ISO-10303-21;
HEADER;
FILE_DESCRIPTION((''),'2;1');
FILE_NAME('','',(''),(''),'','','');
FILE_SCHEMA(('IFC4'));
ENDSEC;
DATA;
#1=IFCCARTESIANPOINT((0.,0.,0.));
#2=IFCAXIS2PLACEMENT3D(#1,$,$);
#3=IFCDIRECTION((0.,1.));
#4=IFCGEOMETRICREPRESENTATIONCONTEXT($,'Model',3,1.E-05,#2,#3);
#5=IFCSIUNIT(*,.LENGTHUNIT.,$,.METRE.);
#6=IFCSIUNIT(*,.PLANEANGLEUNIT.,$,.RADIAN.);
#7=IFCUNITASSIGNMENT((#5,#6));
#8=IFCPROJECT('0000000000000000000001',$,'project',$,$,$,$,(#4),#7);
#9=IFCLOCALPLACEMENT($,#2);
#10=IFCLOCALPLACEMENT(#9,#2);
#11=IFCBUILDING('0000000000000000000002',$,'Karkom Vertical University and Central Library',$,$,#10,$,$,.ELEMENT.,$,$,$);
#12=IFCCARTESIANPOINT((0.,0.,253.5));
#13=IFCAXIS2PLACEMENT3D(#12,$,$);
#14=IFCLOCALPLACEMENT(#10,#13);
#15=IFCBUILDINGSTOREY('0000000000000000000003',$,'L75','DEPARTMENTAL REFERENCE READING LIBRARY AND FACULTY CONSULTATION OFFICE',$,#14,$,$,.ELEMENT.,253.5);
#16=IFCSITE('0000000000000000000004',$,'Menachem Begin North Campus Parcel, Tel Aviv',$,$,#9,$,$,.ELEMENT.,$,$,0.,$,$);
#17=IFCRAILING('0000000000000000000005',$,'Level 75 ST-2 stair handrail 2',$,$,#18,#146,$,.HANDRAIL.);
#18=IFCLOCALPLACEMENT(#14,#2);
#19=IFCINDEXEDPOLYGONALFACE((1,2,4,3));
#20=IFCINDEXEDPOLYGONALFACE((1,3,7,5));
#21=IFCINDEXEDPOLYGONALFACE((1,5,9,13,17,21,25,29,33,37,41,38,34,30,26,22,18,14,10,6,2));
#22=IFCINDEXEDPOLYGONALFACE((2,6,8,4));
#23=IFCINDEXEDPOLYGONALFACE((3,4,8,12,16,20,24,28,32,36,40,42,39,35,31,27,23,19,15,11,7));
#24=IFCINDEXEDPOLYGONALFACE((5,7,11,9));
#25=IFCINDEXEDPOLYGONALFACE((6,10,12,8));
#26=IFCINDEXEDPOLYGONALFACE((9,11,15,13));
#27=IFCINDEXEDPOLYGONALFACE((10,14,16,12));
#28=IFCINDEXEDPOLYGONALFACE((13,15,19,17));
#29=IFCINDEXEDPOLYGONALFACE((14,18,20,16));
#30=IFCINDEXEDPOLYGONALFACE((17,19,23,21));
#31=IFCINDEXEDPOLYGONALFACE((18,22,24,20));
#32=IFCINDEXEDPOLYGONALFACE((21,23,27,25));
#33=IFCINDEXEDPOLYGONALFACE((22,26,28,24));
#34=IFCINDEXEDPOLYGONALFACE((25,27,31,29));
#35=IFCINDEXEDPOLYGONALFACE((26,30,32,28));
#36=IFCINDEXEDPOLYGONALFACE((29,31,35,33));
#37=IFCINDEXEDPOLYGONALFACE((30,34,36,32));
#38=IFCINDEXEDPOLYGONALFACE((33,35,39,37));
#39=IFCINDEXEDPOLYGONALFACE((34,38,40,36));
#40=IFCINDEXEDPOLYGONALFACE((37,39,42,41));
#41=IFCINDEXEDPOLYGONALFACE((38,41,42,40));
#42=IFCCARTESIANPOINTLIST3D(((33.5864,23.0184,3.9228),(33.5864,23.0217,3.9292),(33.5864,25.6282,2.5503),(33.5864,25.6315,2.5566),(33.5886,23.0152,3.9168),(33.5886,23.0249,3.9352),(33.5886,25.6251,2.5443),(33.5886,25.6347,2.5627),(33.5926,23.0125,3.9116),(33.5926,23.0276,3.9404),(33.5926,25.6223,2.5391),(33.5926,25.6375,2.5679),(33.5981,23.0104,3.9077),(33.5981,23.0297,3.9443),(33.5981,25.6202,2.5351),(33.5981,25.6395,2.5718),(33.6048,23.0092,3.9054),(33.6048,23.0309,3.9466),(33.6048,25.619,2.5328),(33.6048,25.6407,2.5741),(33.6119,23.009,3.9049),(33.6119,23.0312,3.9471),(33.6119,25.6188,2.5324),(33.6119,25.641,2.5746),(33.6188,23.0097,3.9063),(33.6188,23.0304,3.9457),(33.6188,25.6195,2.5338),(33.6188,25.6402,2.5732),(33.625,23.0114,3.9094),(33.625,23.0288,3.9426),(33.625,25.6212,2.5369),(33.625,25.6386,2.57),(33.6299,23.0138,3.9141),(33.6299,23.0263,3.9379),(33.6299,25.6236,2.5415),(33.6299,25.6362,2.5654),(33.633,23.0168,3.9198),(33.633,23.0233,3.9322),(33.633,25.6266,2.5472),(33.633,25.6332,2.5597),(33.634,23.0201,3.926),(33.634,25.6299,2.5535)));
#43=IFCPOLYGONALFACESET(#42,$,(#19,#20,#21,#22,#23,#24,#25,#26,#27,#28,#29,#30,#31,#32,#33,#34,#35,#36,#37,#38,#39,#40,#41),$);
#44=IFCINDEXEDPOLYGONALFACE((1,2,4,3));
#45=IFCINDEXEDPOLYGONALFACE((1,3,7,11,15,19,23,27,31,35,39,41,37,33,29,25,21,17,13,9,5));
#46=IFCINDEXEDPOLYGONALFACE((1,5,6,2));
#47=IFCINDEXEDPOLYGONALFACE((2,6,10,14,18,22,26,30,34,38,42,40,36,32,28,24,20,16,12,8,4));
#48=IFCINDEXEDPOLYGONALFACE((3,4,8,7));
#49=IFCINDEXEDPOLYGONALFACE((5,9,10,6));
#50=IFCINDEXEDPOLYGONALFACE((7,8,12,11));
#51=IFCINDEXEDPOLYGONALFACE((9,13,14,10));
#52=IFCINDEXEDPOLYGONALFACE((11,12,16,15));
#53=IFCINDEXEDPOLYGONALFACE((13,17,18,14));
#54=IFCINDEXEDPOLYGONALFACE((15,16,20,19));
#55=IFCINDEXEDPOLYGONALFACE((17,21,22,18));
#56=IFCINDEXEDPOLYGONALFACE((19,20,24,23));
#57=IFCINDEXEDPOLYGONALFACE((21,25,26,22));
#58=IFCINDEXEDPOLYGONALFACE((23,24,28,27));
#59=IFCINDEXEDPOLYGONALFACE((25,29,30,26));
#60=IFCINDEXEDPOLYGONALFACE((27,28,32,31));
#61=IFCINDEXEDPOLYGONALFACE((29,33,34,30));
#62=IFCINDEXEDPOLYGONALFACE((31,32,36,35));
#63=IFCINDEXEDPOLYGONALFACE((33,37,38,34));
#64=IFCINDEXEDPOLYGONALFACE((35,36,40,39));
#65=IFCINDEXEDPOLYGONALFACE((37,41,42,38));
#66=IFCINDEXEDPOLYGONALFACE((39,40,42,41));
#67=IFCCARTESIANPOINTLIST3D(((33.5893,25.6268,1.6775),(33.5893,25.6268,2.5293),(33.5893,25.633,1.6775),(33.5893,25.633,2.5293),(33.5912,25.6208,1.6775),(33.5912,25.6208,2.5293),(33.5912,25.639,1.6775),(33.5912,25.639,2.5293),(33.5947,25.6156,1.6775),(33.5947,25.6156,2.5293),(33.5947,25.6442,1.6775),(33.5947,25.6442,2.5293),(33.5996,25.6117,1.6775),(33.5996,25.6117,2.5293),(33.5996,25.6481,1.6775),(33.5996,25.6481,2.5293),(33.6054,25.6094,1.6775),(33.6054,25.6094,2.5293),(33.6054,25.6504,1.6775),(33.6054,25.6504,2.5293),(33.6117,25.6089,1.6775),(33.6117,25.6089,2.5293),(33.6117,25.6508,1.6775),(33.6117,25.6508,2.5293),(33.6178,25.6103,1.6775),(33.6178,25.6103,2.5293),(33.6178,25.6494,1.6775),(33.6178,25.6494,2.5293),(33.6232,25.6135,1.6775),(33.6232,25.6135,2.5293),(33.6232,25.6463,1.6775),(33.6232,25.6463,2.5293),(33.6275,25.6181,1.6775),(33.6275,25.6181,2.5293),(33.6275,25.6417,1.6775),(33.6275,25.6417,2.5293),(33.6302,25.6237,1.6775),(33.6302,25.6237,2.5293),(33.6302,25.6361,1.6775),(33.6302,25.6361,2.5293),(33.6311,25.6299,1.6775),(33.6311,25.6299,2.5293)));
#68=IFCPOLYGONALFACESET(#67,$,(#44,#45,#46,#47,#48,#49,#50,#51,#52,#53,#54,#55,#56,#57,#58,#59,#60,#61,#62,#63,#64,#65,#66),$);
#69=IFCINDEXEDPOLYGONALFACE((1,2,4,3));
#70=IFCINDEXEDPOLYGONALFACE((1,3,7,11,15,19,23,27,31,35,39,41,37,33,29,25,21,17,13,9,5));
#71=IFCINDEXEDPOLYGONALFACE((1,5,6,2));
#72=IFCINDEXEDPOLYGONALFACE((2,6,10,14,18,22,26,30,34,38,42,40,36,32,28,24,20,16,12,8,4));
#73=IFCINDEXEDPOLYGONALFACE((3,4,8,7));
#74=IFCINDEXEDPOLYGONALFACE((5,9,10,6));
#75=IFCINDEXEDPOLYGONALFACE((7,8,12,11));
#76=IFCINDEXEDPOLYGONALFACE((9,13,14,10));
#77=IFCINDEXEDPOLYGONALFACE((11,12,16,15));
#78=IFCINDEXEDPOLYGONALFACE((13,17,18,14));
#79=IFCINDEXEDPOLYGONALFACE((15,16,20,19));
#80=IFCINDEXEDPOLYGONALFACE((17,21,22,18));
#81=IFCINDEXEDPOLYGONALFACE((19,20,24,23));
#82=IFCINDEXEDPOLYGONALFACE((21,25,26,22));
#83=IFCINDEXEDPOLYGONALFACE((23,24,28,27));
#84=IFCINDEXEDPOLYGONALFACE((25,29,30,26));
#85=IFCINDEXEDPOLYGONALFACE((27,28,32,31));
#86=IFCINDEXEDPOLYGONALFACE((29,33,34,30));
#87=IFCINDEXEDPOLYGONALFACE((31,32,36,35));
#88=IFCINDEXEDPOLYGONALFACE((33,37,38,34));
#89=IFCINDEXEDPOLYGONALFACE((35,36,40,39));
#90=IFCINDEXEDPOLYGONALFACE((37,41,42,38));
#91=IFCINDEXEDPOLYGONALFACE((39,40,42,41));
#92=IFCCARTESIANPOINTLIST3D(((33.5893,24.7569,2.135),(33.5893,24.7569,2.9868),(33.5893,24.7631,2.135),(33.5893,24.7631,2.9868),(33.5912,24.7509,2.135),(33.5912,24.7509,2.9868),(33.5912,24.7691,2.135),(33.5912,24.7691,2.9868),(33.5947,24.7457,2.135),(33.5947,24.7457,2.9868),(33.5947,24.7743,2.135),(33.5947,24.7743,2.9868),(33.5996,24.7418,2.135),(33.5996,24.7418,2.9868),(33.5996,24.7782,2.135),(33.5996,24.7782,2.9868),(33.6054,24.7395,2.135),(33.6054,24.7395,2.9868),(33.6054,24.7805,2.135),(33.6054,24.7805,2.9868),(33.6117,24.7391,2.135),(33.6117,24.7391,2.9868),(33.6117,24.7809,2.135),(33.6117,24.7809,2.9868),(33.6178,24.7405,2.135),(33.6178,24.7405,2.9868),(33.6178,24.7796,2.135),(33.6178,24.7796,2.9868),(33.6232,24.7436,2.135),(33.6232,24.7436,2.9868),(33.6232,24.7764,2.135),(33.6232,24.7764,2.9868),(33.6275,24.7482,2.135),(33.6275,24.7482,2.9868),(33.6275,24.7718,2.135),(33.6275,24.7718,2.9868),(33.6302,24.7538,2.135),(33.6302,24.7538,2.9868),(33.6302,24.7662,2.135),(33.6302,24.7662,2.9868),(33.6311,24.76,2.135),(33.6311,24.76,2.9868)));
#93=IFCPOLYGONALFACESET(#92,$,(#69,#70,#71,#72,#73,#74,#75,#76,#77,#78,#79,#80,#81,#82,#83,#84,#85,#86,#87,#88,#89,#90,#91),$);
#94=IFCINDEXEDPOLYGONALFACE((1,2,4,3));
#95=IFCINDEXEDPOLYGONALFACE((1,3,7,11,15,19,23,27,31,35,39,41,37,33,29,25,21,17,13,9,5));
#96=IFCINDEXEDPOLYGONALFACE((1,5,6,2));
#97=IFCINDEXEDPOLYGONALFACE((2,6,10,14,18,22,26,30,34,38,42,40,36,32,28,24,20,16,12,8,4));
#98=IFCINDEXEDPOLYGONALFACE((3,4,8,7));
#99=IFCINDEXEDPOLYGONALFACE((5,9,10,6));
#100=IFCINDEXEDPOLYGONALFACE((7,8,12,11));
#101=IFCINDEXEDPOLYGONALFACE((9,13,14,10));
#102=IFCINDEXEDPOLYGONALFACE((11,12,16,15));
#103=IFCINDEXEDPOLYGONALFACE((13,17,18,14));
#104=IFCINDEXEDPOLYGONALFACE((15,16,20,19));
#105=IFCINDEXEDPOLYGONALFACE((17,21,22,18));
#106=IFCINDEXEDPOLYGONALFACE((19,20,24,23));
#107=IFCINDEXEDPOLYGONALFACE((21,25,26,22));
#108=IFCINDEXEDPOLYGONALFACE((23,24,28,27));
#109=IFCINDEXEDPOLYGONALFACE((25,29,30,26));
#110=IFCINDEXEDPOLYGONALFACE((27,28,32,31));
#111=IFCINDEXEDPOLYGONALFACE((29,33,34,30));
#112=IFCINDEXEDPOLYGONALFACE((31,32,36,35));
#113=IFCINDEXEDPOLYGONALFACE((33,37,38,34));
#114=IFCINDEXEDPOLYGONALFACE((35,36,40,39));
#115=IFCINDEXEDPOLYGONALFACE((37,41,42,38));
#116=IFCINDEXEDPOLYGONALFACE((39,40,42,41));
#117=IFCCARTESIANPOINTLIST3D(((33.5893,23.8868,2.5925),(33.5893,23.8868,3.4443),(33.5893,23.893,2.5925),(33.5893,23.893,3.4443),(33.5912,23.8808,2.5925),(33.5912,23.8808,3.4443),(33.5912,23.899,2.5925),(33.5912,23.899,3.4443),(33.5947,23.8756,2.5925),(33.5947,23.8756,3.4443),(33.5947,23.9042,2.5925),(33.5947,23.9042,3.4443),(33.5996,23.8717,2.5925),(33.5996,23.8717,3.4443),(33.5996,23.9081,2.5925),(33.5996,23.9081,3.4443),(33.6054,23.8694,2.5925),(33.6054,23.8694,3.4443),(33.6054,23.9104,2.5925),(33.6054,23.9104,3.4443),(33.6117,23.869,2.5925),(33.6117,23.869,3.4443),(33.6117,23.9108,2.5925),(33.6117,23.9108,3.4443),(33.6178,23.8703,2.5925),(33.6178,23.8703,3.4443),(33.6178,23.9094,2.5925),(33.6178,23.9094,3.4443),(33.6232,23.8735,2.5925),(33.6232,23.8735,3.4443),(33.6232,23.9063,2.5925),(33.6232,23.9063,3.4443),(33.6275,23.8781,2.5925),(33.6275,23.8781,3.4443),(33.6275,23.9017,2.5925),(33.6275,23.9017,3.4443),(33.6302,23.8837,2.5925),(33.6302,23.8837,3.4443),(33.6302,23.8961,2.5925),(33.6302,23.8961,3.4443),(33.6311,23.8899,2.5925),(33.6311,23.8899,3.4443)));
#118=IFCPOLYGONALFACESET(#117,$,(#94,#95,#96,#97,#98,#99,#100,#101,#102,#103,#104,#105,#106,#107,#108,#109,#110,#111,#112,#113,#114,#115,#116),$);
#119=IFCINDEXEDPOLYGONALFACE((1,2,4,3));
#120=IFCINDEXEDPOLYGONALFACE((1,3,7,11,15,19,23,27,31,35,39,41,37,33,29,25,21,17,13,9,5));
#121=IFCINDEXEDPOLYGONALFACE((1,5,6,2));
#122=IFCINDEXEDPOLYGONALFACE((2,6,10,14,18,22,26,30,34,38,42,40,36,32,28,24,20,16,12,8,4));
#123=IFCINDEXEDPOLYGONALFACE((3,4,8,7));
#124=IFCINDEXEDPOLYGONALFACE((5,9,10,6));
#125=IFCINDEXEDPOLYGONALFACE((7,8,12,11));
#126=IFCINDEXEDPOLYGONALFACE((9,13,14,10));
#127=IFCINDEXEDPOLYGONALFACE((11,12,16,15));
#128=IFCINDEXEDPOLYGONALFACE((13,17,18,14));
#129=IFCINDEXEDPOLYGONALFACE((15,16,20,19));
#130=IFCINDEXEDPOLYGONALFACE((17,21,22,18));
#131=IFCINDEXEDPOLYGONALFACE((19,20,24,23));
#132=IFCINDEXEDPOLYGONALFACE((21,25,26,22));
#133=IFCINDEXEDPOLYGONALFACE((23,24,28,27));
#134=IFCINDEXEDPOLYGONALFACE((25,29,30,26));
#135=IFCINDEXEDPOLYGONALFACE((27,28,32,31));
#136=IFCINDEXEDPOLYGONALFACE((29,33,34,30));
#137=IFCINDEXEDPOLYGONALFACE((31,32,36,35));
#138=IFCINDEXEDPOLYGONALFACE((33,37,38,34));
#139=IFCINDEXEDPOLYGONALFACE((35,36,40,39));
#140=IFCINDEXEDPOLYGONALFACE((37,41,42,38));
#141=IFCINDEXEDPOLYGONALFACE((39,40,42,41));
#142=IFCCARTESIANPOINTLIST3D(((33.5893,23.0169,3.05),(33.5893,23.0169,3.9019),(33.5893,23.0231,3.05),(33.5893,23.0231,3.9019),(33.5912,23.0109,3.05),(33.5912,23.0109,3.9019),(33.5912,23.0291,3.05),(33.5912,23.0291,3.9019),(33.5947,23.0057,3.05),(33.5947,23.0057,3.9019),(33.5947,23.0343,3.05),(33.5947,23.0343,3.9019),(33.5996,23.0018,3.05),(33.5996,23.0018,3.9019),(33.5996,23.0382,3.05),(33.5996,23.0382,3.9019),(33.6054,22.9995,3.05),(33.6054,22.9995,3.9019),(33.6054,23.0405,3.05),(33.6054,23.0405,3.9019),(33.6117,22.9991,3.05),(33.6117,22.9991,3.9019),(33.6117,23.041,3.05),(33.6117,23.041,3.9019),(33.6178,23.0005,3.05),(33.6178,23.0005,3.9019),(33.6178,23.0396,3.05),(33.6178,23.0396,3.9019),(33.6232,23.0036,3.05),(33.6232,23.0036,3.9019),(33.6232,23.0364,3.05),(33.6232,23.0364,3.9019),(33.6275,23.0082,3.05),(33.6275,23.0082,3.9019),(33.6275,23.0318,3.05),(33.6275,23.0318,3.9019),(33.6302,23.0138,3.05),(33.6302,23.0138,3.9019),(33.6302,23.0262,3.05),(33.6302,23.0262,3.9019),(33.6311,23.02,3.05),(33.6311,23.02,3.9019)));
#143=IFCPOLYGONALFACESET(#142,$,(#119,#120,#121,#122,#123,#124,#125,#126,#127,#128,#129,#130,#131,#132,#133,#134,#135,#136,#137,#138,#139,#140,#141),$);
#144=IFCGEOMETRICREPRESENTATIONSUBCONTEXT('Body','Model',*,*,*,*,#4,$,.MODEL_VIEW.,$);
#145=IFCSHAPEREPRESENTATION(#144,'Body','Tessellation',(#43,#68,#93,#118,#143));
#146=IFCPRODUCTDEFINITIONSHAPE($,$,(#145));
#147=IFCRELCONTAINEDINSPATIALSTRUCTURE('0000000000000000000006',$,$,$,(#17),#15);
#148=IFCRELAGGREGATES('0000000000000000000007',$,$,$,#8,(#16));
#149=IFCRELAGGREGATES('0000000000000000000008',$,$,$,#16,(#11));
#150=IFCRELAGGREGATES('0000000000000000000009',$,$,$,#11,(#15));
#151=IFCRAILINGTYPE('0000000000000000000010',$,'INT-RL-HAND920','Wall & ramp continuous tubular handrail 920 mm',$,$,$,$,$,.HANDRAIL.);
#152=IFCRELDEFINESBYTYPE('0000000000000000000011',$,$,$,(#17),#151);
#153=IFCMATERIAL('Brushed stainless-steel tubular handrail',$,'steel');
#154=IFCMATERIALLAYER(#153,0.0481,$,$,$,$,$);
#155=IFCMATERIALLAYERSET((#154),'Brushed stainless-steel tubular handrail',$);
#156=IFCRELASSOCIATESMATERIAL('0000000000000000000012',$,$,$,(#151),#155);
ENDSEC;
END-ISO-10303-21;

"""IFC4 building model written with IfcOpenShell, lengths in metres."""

from ifc_helpers import new_model, si_unit, direction, frame, origin, origin_2d, place, context, subcontext, project, spatial, circle, extrude, material, layer, layer_set, type_object, element, save


model = new_model("IFC4")

# Units and contexts
model_context = context("Model", 3, precision=1e-05, world=origin(), true_north=direction((0.0, 1.0)))
body_context = subcontext(model_context, "Body", "Model", "MODEL_VIEW")
ifc_project = project(units=[si_unit("LENGTHUNIT", "METRE"), si_unit("PLANEANGLEUNIT", "RADIAN")], contexts=[model_context])

# Site, building, storey
site_placement = place(None, origin())
site = spatial("IfcSite", under=ifc_project, at=site_placement, Name="Menachem Begin North Campus Parcel, Tel Aviv", CompositionType="ELEMENT", RefElevation=0.0)
building_placement = place(site_placement, origin())
building = spatial("IfcBuilding", under=site, at=building_placement, Name="Karkom Vertical University and Central Library", CompositionType="ELEMENT")
storey_placement = place(building_placement, frame((0.0, 0.0, 253.5)))
storey = spatial("IfcBuildingStorey", under=building, at=storey_placement, Name="L75", Description="DEPARTMENTAL REFERENCE READING LIBRARY AND FACULTY CONSULTATION OFFICE", CompositionType="ELEMENT", Elevation=253.5)

# Railing
ifc_material_1 = material(Name="Brushed stainless-steel tubular handrail", Category="steel")
ifc_layer_1 = layer(ifc_material_1, 0.0481)
ifc_layer_set_1 = layer_set([ifc_layer_1], Name="Brushed stainless-steel tubular handrail")
railing_type_1 = type_object("IfcRailingType", Name="INT-RL-HAND920", Description="Wall & ramp continuous tubular handrail 920 mm", PredefinedType="HANDRAIL", material=ifc_layer_set_1)
railing_1_placement = place(storey_placement, frame((33.6101, 25.6299, 1.6775)))
element("IfcRailing", 1, at=railing_1_placement, inside=storey, type_object=railing_type_1, Name="Level 75 ST-2 stair handrail 2", PredefinedType="HANDRAIL", context=body_context, shape_type="SweptSolid", body=[
    extrude(circle(Radius=0.0239, at=origin_2d()), frame((0.0, 0.0, 0.876), z_axis=(0.0, -0.885065, 0.465467), x_axis=(1.0, 0.0, 0.0)), (0.0, 0.0, 1.0), 2.9487),
    extrude(circle(Radius=0.021, at=origin_2d()), origin(), (0.0, 0.0, 1.0), 0.8518),
    extrude(circle(Radius=0.021, at=origin_2d()), frame((0.0, -0.8699, 0.4575)), (0.0, 0.0, 1.0), 0.8518),
    extrude(circle(Radius=0.021, at=origin_2d()), frame((0.0, -1.74, 0.915)), (0.0, 0.0, 1.0), 0.8518),
    extrude(circle(Radius=0.021, at=origin_2d()), frame((0.0, -2.6099, 1.3726)), (0.0, 0.0, 1.0), 0.8518),
])

save(model, "model.ifc")
